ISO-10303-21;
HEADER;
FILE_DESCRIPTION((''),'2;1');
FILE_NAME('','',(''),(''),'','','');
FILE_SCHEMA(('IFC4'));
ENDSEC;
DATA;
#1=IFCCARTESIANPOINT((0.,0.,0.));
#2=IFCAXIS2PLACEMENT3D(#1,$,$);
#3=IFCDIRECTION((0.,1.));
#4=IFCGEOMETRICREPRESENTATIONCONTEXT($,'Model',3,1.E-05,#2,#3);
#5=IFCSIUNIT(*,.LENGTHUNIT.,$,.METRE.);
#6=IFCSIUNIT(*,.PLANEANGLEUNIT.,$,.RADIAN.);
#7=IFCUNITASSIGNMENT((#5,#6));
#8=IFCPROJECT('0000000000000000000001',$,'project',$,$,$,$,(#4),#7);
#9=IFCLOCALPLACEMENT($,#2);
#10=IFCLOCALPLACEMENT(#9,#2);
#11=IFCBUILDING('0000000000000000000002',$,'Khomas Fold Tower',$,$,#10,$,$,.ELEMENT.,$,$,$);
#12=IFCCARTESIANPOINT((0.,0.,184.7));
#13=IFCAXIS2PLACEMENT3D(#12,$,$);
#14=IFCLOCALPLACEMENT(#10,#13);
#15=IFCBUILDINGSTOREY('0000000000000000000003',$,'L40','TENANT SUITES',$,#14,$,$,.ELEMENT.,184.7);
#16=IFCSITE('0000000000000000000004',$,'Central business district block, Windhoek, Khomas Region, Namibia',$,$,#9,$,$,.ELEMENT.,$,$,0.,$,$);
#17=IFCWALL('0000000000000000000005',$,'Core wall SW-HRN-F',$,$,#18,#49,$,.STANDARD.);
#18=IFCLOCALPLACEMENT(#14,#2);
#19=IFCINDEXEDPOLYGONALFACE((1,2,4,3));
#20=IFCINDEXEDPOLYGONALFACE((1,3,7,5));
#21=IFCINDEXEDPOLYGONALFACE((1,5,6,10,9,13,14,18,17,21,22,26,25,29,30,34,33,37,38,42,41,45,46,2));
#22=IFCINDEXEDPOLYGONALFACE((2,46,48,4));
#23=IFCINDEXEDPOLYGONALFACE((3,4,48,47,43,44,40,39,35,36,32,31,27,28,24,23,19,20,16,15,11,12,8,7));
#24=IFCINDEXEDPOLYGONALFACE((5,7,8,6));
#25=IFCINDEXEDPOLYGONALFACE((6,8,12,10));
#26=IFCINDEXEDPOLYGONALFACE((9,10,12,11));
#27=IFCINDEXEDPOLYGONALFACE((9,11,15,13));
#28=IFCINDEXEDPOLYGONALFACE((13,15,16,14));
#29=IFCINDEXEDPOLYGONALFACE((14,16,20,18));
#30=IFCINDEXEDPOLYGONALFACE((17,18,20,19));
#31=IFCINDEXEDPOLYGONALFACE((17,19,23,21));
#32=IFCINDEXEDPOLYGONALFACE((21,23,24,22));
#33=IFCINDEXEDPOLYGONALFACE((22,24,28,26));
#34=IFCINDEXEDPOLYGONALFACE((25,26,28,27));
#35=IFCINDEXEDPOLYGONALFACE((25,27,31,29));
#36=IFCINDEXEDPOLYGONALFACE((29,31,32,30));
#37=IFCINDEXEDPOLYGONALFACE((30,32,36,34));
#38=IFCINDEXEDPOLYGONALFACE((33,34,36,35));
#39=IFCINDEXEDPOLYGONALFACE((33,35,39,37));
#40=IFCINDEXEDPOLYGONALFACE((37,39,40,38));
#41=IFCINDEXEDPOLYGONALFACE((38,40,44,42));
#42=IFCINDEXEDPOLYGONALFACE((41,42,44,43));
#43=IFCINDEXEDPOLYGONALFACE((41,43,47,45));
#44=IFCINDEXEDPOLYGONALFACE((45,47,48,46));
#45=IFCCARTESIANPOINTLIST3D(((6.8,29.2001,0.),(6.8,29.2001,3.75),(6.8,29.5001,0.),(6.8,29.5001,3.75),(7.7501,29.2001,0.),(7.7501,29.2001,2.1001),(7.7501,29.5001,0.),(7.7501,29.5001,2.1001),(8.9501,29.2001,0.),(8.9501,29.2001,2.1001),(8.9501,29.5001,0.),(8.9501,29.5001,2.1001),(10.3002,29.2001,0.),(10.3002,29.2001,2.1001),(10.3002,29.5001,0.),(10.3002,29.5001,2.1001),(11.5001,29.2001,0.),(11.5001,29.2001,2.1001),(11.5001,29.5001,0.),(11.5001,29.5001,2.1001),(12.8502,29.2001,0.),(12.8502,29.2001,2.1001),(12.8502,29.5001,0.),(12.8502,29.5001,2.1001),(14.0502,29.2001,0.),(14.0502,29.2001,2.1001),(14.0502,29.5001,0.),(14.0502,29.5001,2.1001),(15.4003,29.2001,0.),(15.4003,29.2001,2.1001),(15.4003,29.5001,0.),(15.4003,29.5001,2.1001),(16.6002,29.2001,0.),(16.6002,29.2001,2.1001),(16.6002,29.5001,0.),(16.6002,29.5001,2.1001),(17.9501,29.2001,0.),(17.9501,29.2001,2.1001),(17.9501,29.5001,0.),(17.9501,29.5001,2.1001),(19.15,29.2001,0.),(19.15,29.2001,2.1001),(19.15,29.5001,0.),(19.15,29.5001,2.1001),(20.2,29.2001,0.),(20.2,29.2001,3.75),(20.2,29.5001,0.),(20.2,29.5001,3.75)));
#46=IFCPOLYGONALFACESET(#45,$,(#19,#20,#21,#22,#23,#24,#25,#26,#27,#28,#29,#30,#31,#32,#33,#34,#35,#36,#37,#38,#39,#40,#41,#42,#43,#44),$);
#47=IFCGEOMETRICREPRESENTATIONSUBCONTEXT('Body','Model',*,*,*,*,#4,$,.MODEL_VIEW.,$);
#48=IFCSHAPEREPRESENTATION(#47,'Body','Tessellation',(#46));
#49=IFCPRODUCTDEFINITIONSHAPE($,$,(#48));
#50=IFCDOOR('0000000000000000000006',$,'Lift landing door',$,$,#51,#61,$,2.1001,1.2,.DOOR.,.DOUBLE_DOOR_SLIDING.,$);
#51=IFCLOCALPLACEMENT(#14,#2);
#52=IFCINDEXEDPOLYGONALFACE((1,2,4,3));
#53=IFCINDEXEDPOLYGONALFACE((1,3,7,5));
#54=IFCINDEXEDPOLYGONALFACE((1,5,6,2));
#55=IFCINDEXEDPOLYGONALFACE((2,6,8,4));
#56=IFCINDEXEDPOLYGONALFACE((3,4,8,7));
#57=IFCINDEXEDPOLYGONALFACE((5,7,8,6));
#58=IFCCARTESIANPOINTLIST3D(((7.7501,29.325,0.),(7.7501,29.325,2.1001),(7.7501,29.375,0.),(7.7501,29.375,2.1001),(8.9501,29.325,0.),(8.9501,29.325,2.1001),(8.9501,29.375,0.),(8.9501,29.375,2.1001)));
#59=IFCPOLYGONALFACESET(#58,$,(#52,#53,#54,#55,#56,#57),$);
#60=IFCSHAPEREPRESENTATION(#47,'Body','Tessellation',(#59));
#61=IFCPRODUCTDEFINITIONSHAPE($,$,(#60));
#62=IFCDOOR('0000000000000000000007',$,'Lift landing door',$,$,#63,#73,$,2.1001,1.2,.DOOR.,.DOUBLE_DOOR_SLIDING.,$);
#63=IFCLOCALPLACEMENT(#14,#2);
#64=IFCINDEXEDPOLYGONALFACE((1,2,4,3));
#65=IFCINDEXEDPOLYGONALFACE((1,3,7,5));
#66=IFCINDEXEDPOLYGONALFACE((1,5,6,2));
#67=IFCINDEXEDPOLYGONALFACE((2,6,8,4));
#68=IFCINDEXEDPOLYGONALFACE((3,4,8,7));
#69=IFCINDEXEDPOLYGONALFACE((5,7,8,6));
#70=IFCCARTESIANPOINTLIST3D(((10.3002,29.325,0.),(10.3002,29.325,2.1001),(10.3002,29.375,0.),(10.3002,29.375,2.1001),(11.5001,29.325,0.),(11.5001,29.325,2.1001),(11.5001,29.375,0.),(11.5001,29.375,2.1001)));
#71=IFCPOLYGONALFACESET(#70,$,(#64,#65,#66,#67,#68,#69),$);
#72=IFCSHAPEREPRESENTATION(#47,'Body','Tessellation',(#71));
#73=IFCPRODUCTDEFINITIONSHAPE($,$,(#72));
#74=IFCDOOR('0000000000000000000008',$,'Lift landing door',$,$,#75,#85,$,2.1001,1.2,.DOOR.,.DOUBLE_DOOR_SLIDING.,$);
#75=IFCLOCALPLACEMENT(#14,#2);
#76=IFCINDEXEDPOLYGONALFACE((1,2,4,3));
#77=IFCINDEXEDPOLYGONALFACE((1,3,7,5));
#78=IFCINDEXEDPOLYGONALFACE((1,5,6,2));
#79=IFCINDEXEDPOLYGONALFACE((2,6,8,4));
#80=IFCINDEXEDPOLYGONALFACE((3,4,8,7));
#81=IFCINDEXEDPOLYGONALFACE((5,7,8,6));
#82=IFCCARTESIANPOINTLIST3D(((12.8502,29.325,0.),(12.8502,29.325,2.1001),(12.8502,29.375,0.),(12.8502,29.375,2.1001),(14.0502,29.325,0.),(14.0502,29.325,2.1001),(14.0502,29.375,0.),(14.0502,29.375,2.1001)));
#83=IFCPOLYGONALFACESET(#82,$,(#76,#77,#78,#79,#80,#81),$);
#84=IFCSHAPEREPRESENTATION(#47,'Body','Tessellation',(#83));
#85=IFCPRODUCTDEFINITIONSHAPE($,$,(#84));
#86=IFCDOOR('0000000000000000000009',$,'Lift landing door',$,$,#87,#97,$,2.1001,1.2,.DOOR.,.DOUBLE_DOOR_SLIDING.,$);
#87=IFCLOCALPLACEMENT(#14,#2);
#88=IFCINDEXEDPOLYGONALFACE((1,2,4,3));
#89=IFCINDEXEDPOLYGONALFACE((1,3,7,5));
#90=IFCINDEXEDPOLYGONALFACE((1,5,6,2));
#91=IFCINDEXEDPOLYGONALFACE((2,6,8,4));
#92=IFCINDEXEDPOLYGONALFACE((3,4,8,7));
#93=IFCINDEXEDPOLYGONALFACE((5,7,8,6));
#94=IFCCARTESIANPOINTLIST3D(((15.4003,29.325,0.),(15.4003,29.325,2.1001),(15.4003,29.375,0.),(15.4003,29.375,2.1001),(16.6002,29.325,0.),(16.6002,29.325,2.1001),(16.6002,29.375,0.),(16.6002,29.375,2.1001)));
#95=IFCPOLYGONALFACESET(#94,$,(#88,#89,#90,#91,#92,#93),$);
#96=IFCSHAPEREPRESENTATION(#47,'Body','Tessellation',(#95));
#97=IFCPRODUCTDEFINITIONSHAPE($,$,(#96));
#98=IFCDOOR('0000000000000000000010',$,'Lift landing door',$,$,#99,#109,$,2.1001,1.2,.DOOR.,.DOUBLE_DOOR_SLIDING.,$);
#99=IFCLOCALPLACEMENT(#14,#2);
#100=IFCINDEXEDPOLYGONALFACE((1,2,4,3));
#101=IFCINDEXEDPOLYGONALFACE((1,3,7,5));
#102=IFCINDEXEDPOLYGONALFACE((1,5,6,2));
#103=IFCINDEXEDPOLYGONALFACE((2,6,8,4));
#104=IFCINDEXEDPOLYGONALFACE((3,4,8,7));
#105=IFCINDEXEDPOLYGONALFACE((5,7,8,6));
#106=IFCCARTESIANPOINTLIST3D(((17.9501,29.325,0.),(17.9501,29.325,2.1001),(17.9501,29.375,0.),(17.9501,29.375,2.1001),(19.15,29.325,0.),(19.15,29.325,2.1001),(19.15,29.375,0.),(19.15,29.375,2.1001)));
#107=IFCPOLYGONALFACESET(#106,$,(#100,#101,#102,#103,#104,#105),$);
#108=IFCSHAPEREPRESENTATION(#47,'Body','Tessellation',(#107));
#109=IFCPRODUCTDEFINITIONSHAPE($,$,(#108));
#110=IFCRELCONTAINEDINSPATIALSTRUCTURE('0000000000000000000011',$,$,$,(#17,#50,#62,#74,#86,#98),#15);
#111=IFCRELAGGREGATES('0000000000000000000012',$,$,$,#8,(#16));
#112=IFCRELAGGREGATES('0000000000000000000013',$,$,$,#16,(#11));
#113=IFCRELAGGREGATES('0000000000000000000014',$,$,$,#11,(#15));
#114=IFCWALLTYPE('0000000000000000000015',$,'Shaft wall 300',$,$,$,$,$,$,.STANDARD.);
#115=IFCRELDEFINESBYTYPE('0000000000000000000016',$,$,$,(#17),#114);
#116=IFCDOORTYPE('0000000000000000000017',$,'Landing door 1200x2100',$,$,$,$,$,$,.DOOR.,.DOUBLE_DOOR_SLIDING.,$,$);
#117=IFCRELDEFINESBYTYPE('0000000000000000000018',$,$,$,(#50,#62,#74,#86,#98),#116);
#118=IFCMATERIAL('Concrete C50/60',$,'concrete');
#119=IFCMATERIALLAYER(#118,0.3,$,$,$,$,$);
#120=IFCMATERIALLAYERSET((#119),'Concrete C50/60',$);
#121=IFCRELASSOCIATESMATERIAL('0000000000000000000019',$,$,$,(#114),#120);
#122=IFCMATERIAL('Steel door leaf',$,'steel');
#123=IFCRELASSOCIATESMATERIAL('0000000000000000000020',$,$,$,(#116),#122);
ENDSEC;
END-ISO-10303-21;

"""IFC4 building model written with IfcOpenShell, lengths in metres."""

from ifc_helpers import new_model, si_unit, direction, frame, frame_2d, origin, place, context, subcontext, project, spatial, rectangle, extrude, source, transform, mapped, material, layer, layer_set, type_object, element, fill, save


model = new_model("IFC4")

# Units and contexts
model_context = context("Model", 3, precision=1e-05, world=origin(), true_north=direction((0.0, 1.0)))
body_context = subcontext(model_context, "Body", "Model", "MODEL_VIEW")
ifc_project = project(units=[si_unit("LENGTHUNIT", "METRE"), si_unit("PLANEANGLEUNIT", "RADIAN")], contexts=[model_context])

# Site, building, storey
site_placement = place(None, origin())
site = spatial("IfcSite", under=ifc_project, at=site_placement, Name="Central business district block, Windhoek, Khomas Region, Namibia", CompositionType="ELEMENT", RefElevation=0.0)
building_placement = place(site_placement, origin())
building = spatial("IfcBuilding", under=site, at=building_placement, Name="Khomas Fold Tower", CompositionType="ELEMENT")
storey_placement = place(building_placement, frame((0.0, 0.0, 184.7)))
storey = spatial("IfcBuildingStorey", under=building, at=storey_placement, Name="L40", Description="TENANT SUITES", CompositionType="ELEMENT", Elevation=184.7)

# Shared definitions
ifc_material_1 = material(Name="Concrete C50/60", Category="concrete")
ifc_layer_1 = layer(ifc_material_1, 0.3)
ifc_layer_set_1 = layer_set([ifc_layer_1], Name="Concrete C50/60")
wall_type_1 = type_object("IfcWallType", Name="Shaft wall 300", PredefinedType="STANDARD", material=ifc_layer_set_1)
shared_shape_1 = source(origin(), body_context, "Body", "SweptSolid", [
    extrude(rectangle(XDim=13.3999, YDim=0.3, at=frame_2d((6.7, 0.0))), origin(), (0.0, 0.0, 1.0), 3.75),
])

# Wall, openings, doors
wall_1_placement = place(storey_placement, frame((6.8, 29.3501, 0.0), z_axis=(0.0, 0.0, 1.0), x_axis=(1.0, 0.0, 0.0)))
wall_1 = element("IfcWall", 1, at=wall_1_placement, inside=storey, type_object=wall_type_1, Name="Core wall SW-HRN-F", PredefinedType="STANDARD", context=body_context, shape_type="MappedRepresentation", body=[
    mapped(shared_shape_1, transform((0.0, 0.0, 0.0))),
])
shared_shape_2 = source(origin(), body_context, "Body", "SweptSolid", [
    extrude(rectangle(XDim=1.2, YDim=2.1001, at=frame_2d((0.6001, 1.05))), frame((0.0, 0.1599, 0.0), z_axis=(0.0, -1.0, 0.0), x_axis=(1.0, 0.0, 0.0)), (0.0, 0.0, 1.0), 0.3201),
])
opening_1_placement = place(wall_1_placement, frame((0.95, 0.0, 0.0)))
opening_1 = element("IfcOpeningElement", 2, at=opening_1_placement, cuts=wall_1, PredefinedType="OPENING", context=body_context, shape_type="MappedRepresentation", body=[
    mapped(shared_shape_2, transform((0.0, 0.0, 0.0))),
])
opening_2_placement = place(wall_1_placement, frame((3.5, 0.0, 0.0)))
opening_2 = element("IfcOpeningElement", 3, at=opening_2_placement, cuts=wall_1, PredefinedType="OPENING", context=body_context, shape_type="MappedRepresentation", body=[
    mapped(shared_shape_2, transform((0.0, 0.0, 0.0))),
])
opening_3_placement = place(wall_1_placement, frame((6.05, 0.0, 0.0)))
opening_3 = element("IfcOpeningElement", 4, at=opening_3_placement, cuts=wall_1, PredefinedType="OPENING", context=body_context, shape_type="MappedRepresentation", body=[
    mapped(shared_shape_2, transform((0.0, 0.0, 0.0))),
])
opening_4_placement = place(wall_1_placement, frame((8.6001, 0.0, 0.0)))
opening_4 = element("IfcOpeningElement", 5, at=opening_4_placement, cuts=wall_1, PredefinedType="OPENING", context=body_context, shape_type="MappedRepresentation", body=[
    mapped(shared_shape_2, transform((0.0, 0.0, 0.0))),
])
opening_5_placement = place(wall_1_placement, frame((11.1499, 0.0, 0.0)))
opening_5 = element("IfcOpeningElement", 6, at=opening_5_placement, cuts=wall_1, PredefinedType="OPENING", context=body_context, shape_type="MappedRepresentation", body=[
    mapped(shared_shape_2, transform((0.0, 0.0, 0.0))),
])
ifc_material_2 = material(Name="Steel door leaf", Category="steel")
door_type = type_object("IfcDoorType", Name="Landing door 1200x2100", OperationType="DOUBLE_DOOR_SLIDING", PredefinedType="DOOR", material=ifc_material_2)
shared_shape_3 = source(origin(), body_context, "Body", "SweptSolid", [
    extrude(rectangle(XDim=1.2, YDim=2.1001, at=frame_2d((0.6001, 1.05))), frame((0.0, 0.0249, 0.0), z_axis=(0.0, -1.0, 0.0), x_axis=(1.0, 0.0, 0.0)), (0.0, 0.0, 1.0), 0.05),
])
door_1_placement = place(opening_1_placement, origin())
door_1 = element("IfcDoor", 7, at=door_1_placement, inside=storey, type_object=door_type, Name="Lift landing door", OperationType="DOUBLE_DOOR_SLIDING", OverallHeight=2.1001, OverallWidth=1.2, PredefinedType="DOOR", context=body_context, shape_type="MappedRepresentation", body=[
    mapped(shared_shape_3, transform((0.0, 0.0, 0.0))),
])
fill(opening_1, door_1)
door_2_placement = place(opening_2_placement, origin())
door_2 = element("IfcDoor", 8, at=door_2_placement, inside=storey, type_object=door_type, Name="Lift landing door", OperationType="DOUBLE_DOOR_SLIDING", OverallHeight=2.1001, OverallWidth=1.2, PredefinedType="DOOR", context=body_context, shape_type="MappedRepresentation", body=[
    mapped(shared_shape_3, transform((0.0, 0.0, 0.0))),
])
fill(opening_2, door_2)
door_3_placement = place(opening_3_placement, origin())
door_3 = element("IfcDoor", 9, at=door_3_placement, inside=storey, type_object=door_type, Name="Lift landing door", OperationType="DOUBLE_DOOR_SLIDING", OverallHeight=2.1001, OverallWidth=1.2, PredefinedType="DOOR", context=body_context, shape_type="MappedRepresentation", body=[
    mapped(shared_shape_3, transform((0.0, 0.0, 0.0))),
])
fill(opening_3, door_3)
door_4_placement = place(opening_4_placement, origin())
door_4 = element("IfcDoor", 10, at=door_4_placement, inside=storey, type_object=door_type, Name="Lift landing door", OperationType="DOUBLE_DOOR_SLIDING", OverallHeight=2.1001, OverallWidth=1.2, PredefinedType="DOOR", context=body_context, shape_type="MappedRepresentation", body=[
    mapped(shared_shape_3, transform((0.0, 0.0, 0.0))),
])
fill(opening_4, door_4)
door_5_placement = place(opening_5_placement, origin())
door_5 = element("IfcDoor", 11, at=door_5_placement, inside=storey, type_object=door_type, Name="Lift landing door", OperationType="DOUBLE_DOOR_SLIDING", OverallHeight=2.1001, OverallWidth=1.2, PredefinedType="DOOR", context=body_context, shape_type="MappedRepresentation", body=[
    mapped(shared_shape_3, transform((0.0, 0.0, 0.0))),
])
fill(opening_5, door_5)

save(model, "model.ifc")
